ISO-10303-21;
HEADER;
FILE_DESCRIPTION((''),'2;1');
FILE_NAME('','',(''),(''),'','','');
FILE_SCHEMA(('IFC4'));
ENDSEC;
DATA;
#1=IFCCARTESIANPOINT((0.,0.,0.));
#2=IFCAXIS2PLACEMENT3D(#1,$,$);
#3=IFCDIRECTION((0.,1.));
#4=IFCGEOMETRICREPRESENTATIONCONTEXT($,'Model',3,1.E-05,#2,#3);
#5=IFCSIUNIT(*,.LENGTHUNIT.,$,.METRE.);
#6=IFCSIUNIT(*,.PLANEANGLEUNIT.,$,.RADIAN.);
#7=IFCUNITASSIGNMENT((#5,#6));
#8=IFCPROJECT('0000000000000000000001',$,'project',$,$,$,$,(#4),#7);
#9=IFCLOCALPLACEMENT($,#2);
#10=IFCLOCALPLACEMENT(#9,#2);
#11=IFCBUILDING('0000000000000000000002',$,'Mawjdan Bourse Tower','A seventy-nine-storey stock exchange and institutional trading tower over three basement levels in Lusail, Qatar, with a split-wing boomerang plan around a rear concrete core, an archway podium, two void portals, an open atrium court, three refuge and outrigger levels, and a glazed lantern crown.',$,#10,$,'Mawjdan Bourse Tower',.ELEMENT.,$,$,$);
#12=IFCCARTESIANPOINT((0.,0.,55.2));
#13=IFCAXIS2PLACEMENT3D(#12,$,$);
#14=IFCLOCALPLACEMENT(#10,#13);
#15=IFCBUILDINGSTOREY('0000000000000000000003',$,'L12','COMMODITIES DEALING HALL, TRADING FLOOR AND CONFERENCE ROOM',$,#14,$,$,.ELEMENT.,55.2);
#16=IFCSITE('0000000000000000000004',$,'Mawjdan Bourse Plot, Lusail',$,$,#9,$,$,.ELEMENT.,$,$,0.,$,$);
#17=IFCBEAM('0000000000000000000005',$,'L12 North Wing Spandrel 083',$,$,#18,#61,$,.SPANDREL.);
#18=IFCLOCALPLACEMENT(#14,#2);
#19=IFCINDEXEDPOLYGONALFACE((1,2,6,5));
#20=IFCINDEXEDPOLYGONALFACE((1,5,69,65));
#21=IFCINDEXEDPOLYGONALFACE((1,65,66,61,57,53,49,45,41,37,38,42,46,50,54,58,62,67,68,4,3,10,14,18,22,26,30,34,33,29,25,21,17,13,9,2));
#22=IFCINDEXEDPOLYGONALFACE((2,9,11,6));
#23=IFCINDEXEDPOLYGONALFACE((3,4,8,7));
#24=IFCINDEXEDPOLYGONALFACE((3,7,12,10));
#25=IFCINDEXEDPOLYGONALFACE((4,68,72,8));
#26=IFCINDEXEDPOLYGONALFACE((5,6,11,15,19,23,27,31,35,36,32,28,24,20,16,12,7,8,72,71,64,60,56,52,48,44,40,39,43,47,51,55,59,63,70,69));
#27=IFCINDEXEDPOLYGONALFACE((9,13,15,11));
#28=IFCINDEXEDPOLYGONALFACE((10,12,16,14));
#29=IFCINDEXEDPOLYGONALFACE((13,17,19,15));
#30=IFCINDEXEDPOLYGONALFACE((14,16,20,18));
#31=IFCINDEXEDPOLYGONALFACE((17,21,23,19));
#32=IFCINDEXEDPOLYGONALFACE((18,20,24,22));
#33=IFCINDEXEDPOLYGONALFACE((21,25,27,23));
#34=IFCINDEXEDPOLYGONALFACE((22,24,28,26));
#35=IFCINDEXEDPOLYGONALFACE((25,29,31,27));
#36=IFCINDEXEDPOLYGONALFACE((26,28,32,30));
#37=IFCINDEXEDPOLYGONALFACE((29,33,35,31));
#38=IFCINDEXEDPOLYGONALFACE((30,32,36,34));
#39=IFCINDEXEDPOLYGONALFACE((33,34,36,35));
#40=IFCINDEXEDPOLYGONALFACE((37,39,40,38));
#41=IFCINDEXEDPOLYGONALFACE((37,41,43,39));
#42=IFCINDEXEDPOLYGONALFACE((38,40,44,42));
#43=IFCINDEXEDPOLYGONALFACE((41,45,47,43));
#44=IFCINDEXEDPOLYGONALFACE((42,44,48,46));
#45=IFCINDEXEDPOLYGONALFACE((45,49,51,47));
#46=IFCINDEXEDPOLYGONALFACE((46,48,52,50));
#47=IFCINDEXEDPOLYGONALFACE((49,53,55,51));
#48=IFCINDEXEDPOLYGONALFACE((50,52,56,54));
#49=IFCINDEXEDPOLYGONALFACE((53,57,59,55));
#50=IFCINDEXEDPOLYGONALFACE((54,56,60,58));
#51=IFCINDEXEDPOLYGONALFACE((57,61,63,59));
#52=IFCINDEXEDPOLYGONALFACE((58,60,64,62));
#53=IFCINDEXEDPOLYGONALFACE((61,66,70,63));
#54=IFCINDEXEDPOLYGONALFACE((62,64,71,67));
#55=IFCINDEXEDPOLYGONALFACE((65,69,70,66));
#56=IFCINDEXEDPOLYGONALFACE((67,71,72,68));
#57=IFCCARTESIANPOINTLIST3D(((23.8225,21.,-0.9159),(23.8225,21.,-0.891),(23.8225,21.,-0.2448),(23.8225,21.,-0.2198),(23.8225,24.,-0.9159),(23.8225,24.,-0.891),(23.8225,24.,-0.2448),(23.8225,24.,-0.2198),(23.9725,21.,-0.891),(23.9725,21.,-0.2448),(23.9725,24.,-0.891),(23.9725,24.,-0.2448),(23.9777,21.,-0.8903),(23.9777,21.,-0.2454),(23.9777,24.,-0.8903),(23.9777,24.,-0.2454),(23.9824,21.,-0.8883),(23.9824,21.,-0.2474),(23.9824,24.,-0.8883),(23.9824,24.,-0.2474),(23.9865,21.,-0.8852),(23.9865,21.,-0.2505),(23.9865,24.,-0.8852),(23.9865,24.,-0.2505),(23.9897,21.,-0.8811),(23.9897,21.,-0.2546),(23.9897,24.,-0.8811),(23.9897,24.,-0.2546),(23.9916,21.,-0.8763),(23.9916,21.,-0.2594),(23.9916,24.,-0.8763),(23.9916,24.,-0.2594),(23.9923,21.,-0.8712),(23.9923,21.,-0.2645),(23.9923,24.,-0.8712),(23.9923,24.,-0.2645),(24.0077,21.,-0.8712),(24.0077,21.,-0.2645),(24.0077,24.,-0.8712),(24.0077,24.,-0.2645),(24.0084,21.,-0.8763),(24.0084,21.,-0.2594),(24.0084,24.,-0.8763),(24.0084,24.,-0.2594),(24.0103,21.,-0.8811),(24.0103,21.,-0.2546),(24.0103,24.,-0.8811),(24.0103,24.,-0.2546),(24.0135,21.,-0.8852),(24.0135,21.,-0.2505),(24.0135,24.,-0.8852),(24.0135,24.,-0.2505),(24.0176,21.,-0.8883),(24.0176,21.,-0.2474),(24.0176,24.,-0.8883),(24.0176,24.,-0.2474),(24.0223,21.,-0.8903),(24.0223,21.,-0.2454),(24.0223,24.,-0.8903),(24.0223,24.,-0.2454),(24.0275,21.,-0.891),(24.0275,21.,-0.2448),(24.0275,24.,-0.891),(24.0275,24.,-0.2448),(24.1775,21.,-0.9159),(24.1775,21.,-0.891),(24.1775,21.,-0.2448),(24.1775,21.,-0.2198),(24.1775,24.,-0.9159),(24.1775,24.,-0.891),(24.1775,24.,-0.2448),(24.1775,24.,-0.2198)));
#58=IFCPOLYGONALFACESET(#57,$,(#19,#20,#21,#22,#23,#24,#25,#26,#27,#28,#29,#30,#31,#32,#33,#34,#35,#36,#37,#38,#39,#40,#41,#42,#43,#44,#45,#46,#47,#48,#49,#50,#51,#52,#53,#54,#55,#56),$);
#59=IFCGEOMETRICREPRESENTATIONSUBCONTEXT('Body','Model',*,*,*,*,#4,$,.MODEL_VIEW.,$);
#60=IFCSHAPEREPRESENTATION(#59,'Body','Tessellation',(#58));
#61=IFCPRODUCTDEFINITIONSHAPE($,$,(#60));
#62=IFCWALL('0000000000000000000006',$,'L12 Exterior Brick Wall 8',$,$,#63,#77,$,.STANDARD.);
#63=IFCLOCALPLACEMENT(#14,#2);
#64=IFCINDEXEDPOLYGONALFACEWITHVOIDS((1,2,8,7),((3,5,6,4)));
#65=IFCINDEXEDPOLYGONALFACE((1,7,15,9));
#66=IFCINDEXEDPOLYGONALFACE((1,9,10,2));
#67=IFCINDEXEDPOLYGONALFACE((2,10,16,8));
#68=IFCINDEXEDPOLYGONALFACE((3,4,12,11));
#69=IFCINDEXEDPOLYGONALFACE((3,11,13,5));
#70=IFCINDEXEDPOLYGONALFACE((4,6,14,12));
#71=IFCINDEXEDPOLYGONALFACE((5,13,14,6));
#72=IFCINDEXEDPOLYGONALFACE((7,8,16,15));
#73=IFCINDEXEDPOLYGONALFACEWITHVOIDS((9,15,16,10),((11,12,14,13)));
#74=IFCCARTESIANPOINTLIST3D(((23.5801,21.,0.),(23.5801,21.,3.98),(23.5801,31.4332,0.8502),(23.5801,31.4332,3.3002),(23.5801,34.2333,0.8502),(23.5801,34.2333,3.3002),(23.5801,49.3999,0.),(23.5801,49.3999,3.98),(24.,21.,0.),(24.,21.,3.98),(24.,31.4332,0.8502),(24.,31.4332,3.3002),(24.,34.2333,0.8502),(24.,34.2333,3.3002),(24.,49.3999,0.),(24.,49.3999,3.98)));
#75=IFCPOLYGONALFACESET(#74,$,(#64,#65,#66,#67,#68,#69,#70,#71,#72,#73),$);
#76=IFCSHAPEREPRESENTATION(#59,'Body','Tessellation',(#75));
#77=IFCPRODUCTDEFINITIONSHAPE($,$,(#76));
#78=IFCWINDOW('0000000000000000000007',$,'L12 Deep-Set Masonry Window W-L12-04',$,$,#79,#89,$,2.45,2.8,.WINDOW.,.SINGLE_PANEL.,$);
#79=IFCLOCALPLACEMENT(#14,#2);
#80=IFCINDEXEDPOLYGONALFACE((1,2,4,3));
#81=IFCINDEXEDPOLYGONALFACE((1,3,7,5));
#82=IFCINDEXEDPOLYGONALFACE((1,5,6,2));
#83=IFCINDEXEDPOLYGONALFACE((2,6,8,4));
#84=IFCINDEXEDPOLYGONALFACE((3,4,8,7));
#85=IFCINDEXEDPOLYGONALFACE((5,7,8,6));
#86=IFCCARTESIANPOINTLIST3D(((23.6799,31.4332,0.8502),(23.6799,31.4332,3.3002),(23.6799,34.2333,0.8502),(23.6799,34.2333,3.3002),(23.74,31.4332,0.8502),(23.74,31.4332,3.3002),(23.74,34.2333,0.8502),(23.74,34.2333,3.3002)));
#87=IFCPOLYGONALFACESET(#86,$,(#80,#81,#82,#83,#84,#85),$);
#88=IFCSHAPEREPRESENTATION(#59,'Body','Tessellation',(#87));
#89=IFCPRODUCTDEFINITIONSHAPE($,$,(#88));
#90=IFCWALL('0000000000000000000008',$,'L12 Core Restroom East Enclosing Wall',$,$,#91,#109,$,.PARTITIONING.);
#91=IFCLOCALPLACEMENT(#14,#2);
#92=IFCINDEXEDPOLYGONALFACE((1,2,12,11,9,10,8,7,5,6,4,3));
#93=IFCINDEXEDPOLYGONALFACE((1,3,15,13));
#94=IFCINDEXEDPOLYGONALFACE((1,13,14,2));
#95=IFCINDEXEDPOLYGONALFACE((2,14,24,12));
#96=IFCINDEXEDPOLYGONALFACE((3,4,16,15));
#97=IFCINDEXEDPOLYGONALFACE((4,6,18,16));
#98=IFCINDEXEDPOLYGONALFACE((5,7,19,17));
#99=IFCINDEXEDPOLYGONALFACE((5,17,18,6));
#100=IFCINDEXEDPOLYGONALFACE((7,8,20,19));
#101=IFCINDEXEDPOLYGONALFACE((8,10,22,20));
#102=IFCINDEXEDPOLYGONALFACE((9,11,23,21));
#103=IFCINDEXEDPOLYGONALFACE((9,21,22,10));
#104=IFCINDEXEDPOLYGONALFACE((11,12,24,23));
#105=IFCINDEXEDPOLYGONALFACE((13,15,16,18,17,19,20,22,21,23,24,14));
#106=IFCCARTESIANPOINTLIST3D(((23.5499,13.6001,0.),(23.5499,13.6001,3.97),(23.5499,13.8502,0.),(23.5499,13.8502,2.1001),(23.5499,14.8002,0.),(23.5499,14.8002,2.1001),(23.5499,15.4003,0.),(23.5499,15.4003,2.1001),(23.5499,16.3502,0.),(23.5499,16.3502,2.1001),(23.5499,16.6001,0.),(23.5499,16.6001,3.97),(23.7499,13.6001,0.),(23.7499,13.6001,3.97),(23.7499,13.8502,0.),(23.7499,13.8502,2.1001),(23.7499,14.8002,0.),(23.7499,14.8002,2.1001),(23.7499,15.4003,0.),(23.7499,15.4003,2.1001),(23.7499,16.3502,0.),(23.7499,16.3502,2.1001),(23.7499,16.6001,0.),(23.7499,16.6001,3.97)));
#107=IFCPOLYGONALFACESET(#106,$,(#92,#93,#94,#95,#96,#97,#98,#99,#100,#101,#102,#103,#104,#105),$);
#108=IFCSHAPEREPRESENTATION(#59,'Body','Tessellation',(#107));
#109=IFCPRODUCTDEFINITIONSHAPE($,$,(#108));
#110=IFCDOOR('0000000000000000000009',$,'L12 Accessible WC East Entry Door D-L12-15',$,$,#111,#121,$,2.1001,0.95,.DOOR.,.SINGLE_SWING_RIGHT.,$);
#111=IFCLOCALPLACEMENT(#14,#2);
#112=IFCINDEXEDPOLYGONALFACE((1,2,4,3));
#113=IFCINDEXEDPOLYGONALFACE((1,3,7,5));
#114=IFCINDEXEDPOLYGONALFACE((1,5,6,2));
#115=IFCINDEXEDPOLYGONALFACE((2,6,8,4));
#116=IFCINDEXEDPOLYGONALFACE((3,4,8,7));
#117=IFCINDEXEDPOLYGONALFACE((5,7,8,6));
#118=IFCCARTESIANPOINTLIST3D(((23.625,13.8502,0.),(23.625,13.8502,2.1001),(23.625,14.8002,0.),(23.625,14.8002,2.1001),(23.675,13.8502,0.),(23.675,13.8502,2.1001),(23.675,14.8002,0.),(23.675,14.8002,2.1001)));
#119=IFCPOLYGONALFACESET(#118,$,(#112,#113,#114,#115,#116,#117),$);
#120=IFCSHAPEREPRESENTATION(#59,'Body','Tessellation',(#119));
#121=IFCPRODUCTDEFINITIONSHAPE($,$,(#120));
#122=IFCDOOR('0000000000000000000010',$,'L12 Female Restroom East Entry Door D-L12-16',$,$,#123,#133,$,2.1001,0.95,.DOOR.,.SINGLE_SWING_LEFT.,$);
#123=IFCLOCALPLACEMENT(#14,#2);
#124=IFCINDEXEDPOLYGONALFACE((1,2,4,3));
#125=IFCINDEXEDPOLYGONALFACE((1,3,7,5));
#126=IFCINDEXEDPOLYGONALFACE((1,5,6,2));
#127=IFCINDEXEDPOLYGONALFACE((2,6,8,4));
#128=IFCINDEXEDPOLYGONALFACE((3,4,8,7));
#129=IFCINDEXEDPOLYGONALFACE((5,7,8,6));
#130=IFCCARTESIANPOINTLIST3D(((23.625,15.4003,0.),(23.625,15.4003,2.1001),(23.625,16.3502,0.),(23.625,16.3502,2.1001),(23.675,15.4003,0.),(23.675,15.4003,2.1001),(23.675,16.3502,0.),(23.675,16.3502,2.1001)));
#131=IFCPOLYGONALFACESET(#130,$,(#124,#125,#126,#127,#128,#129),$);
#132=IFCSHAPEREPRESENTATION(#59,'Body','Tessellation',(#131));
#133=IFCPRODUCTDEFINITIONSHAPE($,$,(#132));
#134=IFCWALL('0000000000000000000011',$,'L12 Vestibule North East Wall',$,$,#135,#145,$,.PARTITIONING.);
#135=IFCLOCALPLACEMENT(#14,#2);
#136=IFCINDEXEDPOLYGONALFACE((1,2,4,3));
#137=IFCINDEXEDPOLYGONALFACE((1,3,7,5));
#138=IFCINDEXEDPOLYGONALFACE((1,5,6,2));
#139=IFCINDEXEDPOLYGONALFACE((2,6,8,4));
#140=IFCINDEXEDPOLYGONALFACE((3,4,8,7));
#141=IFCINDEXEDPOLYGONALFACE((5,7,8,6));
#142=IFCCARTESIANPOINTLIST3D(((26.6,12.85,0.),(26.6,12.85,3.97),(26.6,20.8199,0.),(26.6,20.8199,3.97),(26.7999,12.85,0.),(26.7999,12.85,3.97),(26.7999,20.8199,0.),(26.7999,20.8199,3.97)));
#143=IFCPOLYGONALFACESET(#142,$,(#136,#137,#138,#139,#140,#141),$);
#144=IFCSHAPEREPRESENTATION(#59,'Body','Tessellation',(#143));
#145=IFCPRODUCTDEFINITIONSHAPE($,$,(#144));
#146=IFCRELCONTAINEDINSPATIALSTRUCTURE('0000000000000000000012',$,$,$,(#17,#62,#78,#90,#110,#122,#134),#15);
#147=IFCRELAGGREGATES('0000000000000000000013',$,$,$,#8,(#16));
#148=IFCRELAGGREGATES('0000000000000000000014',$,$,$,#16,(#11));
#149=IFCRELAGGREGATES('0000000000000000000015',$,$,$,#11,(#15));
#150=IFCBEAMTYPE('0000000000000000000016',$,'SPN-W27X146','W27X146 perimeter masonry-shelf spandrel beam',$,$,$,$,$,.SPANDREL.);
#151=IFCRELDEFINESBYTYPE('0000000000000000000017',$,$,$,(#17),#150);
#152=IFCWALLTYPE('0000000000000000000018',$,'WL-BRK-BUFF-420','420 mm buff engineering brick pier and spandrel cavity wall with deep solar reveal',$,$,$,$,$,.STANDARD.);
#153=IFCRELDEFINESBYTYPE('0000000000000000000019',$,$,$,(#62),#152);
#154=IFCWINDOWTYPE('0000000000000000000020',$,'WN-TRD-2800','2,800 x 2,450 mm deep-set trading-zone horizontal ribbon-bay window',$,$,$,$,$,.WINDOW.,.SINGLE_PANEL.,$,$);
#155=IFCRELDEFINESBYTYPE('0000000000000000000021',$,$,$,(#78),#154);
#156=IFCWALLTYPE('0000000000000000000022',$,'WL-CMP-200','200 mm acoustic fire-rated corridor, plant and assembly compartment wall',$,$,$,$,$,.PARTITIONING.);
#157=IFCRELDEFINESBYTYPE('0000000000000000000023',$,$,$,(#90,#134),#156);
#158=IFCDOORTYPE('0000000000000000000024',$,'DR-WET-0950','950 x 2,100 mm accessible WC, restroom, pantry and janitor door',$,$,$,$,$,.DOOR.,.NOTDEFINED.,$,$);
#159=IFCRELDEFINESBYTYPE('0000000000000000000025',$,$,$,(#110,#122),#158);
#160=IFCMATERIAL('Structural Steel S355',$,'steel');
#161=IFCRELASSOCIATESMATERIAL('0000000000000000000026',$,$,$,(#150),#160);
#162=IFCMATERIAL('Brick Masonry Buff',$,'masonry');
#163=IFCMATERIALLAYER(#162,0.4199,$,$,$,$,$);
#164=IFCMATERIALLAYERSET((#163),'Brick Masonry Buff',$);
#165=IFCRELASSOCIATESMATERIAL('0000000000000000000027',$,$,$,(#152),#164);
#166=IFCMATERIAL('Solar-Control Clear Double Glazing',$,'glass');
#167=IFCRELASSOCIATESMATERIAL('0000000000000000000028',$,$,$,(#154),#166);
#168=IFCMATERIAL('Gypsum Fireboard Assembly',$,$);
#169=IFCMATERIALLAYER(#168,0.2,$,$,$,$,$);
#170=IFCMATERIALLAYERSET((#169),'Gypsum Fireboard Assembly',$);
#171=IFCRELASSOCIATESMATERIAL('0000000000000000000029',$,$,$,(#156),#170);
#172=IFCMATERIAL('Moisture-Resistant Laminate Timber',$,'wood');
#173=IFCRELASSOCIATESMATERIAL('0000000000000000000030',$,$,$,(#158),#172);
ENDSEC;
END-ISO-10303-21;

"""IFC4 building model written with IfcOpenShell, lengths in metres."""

from ifc_helpers import new_model, si_unit, direction, frame, frame_2d, origin, origin_2d, place, context, subcontext, project, spatial, rectangle, i_section, extrude, material, layer, layer_set, material_profile, profile_set, type_object, element, fill, save


model = new_model("IFC4")

# Units and contexts
model_context = context("Model", 3, precision=1e-05, world=origin(), true_north=direction((0.0, 1.0)))
body_context = subcontext(model_context, "Body", "Model", "MODEL_VIEW")
ifc_project = project(units=[si_unit("LENGTHUNIT", "METRE"), si_unit("PLANEANGLEUNIT", "RADIAN")], contexts=[model_context])

# Site, building, storey
site_placement = place(None, origin())
site = spatial("IfcSite", under=ifc_project, at=site_placement, Name="Mawjdan Bourse Plot, Lusail", CompositionType="ELEMENT", RefElevation=0.0)
building_placement = place(site_placement, origin())
building = spatial("IfcBuilding", under=site, at=building_placement, Name="Mawjdan Bourse Tower", Description="A seventy-nine-storey stock exchange and institutional trading tower over three basement levels in Lusail, Qatar, with a split-wing boomerang plan around a rear concrete core, an archway podium, two void portals, an open atrium court, three refuge and outrigger levels, and a glazed lantern crown.", LongName="Mawjdan Bourse Tower", CompositionType="ELEMENT")
storey_placement = place(building_placement, frame((0.0, 0.0, 55.2)))
storey = spatial("IfcBuildingStorey", under=building, at=storey_placement, Name="L12", Description="COMMODITIES DEALING HALL, TRADING FLOOR AND CONFERENCE ROOM", CompositionType="ELEMENT", Elevation=55.2)

# Beam
ifc_material_1 = material(Name="Structural Steel S355", Category="steel")
ifc_material_profile_1 = material_profile(ifc_material_1, i_section(OverallWidth=0.355, OverallDepth=0.696, WebThickness=0.0154, FlangeThickness=0.0249, FilletRadius=0.0198, at=origin_2d()), Name="W27X146")
ifc_profile_set_1 = profile_set([ifc_material_profile_1], Name="Structural Steel S355")
beam_type_1 = type_object("IfcBeamType", Name="SPN-W27X146", Description="W27X146 perimeter masonry-shelf spandrel beam", PredefinedType="SPANDREL", material=ifc_profile_set_1)
beam_1_placement = place(storey_placement, frame((24.0, 21.0, -0.5679), z_axis=(0.0, 1.0, 0.0), x_axis=(-1.0, 0.0, 0.0)))
element("IfcBeam", 1, at=beam_1_placement, inside=storey, type_object=beam_type_1, Name="L12 North Wing Spandrel 083", PredefinedType="SPANDREL", context=body_context, shape_type="SweptSolid", body=[
    extrude(i_section(OverallWidth=0.355, OverallDepth=0.696, WebThickness=0.0154, FlangeThickness=0.0249, FilletRadius=0.0198, at=origin_2d()), origin(), (0.0, 0.0, 1.0), 3.0),
])

# Wall, opening, window
ifc_material_2 = material(Name="Brick Masonry Buff", Category="masonry")
ifc_layer_1 = layer(ifc_material_2, 0.4199)
ifc_layer_set_1 = layer_set([ifc_layer_1], Name="Brick Masonry Buff")
wall_type_1 = type_object("IfcWallType", Name="WL-BRK-BUFF-420", Description="420 mm buff engineering brick pier and spandrel cavity wall with deep solar reveal", PredefinedType="STANDARD", material=ifc_layer_set_1)
wall_1_placement = place(storey_placement, frame((23.79, 21.0, 0.0), z_axis=(0.0, 0.0, 1.0), x_axis=(0.0, 1.0, 0.0)))
wall_1 = element("IfcWall", 2, at=wall_1_placement, inside=storey, type_object=wall_type_1, Name="L12 Exterior Brick Wall 8", PredefinedType="STANDARD", context=body_context, shape_type="SweptSolid", body=[
    extrude(rectangle(XDim=28.3999, YDim=0.4199, at=frame_2d((14.2, 0.0))), origin(), (0.0, 0.0, 1.0), 3.98),
])
opening_1_placement = place(wall_1_placement, frame((10.4333, 0.0, 0.8501)))
opening_1 = element("IfcOpeningElement", 3, at=opening_1_placement, cuts=wall_1, PredefinedType="OPENING", context=body_context, shape_type="SweptSolid", body=[
    extrude(rectangle(XDim=2.8, YDim=2.45, at=frame_2d((1.3999, 1.2251))), frame((0.0, 0.22, 0.0), z_axis=(0.0, -1.0, 0.0), x_axis=(1.0, 0.0, 0.0)), (0.0, 0.0, 1.0), 0.4399),
])
ifc_material_3 = material(Name="Solar-Control Clear Double Glazing", Category="glass")
window_type = type_object("IfcWindowType", Name="WN-TRD-2800", Description="2,800 x 2,450 mm deep-set trading-zone horizontal ribbon-bay window", PartitioningType="SINGLE_PANEL", PredefinedType="WINDOW", material=ifc_material_3)
window_placement = place(opening_1_placement, origin())
window = element("IfcWindow", 4, at=window_placement, inside=storey, type_object=window_type, Name="L12 Deep-Set Masonry Window W-L12-04", OverallHeight=2.45, OverallWidth=2.8, PartitioningType="SINGLE_PANEL", PredefinedType="WINDOW", context=body_context, shape_type="SweptSolid", body=[
    extrude(rectangle(XDim=2.8, YDim=2.45, at=frame_2d((1.3999, 1.2251))), frame((0.0, 0.1101, 0.0), z_axis=(0.0, -1.0, 0.0), x_axis=(1.0, 0.0, 0.0)), (0.0, 0.0, 1.0), 0.0601),
])
fill(opening_1, window)

# Wall, openings, doors
ifc_material_4 = material(Name="Gypsum Fireboard Assembly")
ifc_layer_2 = layer(ifc_material_4, 0.2)
ifc_layer_set_2 = layer_set([ifc_layer_2], Name="Gypsum Fireboard Assembly")
wall_type_2 = type_object("IfcWallType", Name="WL-CMP-200", Description="200 mm acoustic fire-rated corridor, plant and assembly compartment wall", PredefinedType="PARTITIONING", material=ifc_layer_set_2)
wall_2_placement = place(storey_placement, frame((23.6499, 13.6001, 0.0), z_axis=(0.0, 0.0, 1.0), x_axis=(0.0, 1.0, 0.0)))
wall_2 = element("IfcWall", 5, at=wall_2_placement, inside=storey, type_object=wall_type_2, Name="L12 Core Restroom East Enclosing Wall", PredefinedType="PARTITIONING", context=body_context, shape_type="SweptSolid", body=[
    extrude(rectangle(XDim=3.0, YDim=0.2, at=frame_2d((1.5, 0.0))), origin(), (0.0, 0.0, 1.0), 3.97),
])
opening_2_placement = place(wall_2_placement, frame((0.25, 0.0, 0.0)))
opening_2 = element("IfcOpeningElement", 6, at=opening_2_placement, cuts=wall_2, PredefinedType="OPENING", context=body_context, shape_type="SweptSolid", body=[
    extrude(rectangle(XDim=0.95, YDim=2.1001, at=frame_2d((0.4751, 1.05))), frame((0.0, 0.1099, 0.0), z_axis=(0.0, -1.0, 0.0), x_axis=(1.0, 0.0, 0.0)), (0.0, 0.0, 1.0), 0.22),
])
opening_3_placement = place(wall_2_placement, frame((1.8, 0.0, 0.0)))
opening_3 = element("IfcOpeningElement", 7, at=opening_3_placement, cuts=wall_2, PredefinedType="OPENING", context=body_context, shape_type="SweptSolid", body=[
    extrude(rectangle(XDim=0.95, YDim=2.1001, at=frame_2d((0.4751, 1.05))), frame((0.0, 0.1099, 0.0), z_axis=(0.0, -1.0, 0.0), x_axis=(1.0, 0.0, 0.0)), (0.0, 0.0, 1.0), 0.22),
])
ifc_material_5 = material(Name="Moisture-Resistant Laminate Timber", Category="wood")
door_type_1 = type_object("IfcDoorType", Name="DR-WET-0950", Description="950 x 2,100 mm accessible WC, restroom, pantry and janitor door", OperationType="NOTDEFINED", PredefinedType="DOOR", material=ifc_material_5)
door_1_placement = place(opening_2_placement, origin())
door_1 = element("IfcDoor", 8, at=door_1_placement, inside=storey, type_object=door_type_1, Name="L12 Accessible WC East Entry Door D-L12-15", OperationType="SINGLE_SWING_RIGHT", OverallHeight=2.1001, OverallWidth=0.95, PredefinedType="DOOR", context=body_context, shape_type="SweptSolid", body=[
    extrude(rectangle(XDim=0.95, YDim=2.1001, at=frame_2d((0.4751, 1.05))), frame((0.0, 0.0249, 0.0), z_axis=(0.0, -1.0, 0.0), x_axis=(1.0, 0.0, 0.0)), (0.0, 0.0, 1.0), 0.05),
])
fill(opening_2, door_1)
door_2_placement = place(opening_3_placement, origin())
door_2 = element("IfcDoor", 9, at=door_2_placement, inside=storey, type_object=door_type_1, Name="L12 Female Restroom East Entry Door D-L12-16", OperationType="SINGLE_SWING_LEFT", OverallHeight=2.1001, OverallWidth=0.95, PredefinedType="DOOR", context=body_context, shape_type="SweptSolid", body=[
    extrude(rectangle(XDim=0.95, YDim=2.1001, at=frame_2d((0.4751, 1.05))), frame((0.0, 0.0249, 0.0), z_axis=(0.0, -1.0, 0.0), x_axis=(1.0, 0.0, 0.0)), (0.0, 0.0, 1.0), 0.05),
])
fill(opening_3, door_2)

# Wall
wall_3_placement = place(storey_placement, frame((26.7, 12.8501, 0.0), z_axis=(0.0, 0.0, 1.0), x_axis=(0.0, 1.0, 0.0)))
element("IfcWall", 10, at=wall_3_placement, inside=storey, type_object=wall_type_2, Name="L12 Vestibule North East Wall", PredefinedType="PARTITIONING", context=body_context, shape_type="SweptSolid", body=[
    extrude(rectangle(XDim=7.97, YDim=0.2, at=frame_2d((3.9849, 0.0))), origin(), (0.0, 0.0, 1.0), 3.97),
])

save(model, "model.ifc")
